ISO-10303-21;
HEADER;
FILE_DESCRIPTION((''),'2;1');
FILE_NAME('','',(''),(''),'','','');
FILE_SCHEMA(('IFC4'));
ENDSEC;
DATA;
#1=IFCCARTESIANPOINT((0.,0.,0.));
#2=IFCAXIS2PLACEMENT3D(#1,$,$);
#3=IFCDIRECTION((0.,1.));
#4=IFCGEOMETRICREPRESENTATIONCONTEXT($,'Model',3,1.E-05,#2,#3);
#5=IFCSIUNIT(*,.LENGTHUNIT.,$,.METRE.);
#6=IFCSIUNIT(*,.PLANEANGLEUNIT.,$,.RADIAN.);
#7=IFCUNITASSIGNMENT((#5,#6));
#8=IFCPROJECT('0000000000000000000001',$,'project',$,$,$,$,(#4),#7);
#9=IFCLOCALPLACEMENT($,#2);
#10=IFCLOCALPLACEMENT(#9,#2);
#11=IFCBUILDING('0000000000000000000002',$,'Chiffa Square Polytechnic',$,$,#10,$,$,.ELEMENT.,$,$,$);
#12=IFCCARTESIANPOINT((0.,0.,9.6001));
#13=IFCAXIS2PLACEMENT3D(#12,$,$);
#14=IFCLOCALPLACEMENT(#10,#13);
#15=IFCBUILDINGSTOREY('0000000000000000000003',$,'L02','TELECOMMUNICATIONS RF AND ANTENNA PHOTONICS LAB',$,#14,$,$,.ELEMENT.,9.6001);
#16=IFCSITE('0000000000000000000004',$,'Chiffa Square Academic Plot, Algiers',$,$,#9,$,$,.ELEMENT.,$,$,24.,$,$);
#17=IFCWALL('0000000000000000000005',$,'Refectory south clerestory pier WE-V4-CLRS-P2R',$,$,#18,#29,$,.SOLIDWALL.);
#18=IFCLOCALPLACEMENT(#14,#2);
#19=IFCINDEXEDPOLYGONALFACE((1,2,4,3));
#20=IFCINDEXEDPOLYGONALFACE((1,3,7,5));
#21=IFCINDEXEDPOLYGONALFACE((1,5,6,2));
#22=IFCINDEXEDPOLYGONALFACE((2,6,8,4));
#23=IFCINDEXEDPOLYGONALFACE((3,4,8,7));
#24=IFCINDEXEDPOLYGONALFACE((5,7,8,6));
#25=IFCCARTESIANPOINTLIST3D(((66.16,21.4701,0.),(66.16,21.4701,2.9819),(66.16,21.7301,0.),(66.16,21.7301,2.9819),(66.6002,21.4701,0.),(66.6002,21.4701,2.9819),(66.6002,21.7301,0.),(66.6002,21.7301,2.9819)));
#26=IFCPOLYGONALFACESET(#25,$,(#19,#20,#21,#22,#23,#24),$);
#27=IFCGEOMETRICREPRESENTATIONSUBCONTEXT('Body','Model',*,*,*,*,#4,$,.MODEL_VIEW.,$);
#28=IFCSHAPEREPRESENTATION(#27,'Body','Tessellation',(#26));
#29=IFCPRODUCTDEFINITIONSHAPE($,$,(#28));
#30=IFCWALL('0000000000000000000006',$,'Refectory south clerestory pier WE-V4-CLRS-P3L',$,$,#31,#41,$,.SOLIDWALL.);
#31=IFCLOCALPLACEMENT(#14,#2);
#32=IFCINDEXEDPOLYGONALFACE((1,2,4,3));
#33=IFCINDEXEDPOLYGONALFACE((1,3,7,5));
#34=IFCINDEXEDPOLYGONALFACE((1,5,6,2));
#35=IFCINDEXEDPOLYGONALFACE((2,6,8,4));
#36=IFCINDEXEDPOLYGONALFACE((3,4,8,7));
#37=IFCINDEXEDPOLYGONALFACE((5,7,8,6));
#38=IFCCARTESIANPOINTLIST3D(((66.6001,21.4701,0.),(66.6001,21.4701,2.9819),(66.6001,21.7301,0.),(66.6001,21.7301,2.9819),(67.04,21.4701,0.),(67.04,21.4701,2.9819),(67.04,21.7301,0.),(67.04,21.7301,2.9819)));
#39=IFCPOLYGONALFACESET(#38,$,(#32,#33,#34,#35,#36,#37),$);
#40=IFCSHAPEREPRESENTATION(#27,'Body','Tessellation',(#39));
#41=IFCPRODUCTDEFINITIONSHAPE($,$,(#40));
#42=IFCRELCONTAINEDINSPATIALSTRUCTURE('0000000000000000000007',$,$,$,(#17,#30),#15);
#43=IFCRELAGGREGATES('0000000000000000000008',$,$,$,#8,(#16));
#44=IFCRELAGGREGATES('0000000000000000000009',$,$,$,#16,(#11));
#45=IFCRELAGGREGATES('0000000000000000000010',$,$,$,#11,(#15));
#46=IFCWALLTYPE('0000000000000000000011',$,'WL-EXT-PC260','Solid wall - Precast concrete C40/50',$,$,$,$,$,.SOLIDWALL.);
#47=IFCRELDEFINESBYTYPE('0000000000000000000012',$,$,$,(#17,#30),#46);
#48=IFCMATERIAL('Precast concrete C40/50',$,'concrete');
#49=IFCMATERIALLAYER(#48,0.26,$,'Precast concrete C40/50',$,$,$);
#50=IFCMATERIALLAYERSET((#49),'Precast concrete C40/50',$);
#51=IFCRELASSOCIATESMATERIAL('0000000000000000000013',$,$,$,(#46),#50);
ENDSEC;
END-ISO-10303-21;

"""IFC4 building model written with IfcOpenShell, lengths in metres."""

from ifc_helpers import new_model, si_unit, direction, frame, frame_2d, origin, place, context, subcontext, project, spatial, rectangle, extrude, material, layer, layer_set, type_object, element, save


model = new_model("IFC4")

# Units and contexts
model_context = context("Model", 3, precision=1e-05, world=origin(), true_north=direction((0.0, 1.0)))
body_context = subcontext(model_context, "Body", "Model", "MODEL_VIEW")
ifc_project = project(units=[si_unit("LENGTHUNIT", "METRE"), si_unit("PLANEANGLEUNIT", "RADIAN")], contexts=[model_context])

# Site, building, storey
site_placement = place(None, origin())
site = spatial("IfcSite", under=ifc_project, at=site_placement, Name="Chiffa Square Academic Plot, Algiers", CompositionType="ELEMENT", RefElevation=24.0)
building_placement = place(site_placement, origin())
building = spatial("IfcBuilding", under=site, at=building_placement, Name="Chiffa Square Polytechnic", CompositionType="ELEMENT")
storey_placement = place(building_placement, frame((0.0, 0.0, 9.6001)))
storey = spatial("IfcBuildingStorey", under=building, at=storey_placement, Name="L02", Description="TELECOMMUNICATIONS RF AND ANTENNA PHOTONICS LAB", CompositionType="ELEMENT", Elevation=9.6001)

# Walls
ifc_material_1 = material(Name="Precast concrete C40/50", Category="concrete")
ifc_layer_1 = layer(ifc_material_1, 0.26, Name="Precast concrete C40/50")
ifc_layer_set_1 = layer_set([ifc_layer_1], Name="Precast concrete C40/50")
wall_type = type_object("IfcWallType", Name="WL-EXT-PC260", Description="Solid wall - Precast concrete C40/50", PredefinedType="SOLIDWALL", material=ifc_layer_set_1)
wall_1_placement = place(storey_placement, frame((66.1599, 21.6001, 0.0), z_axis=(0.0, 0.0, 1.0), x_axis=(1.0, 0.0, 0.0)))
element("IfcWall", 1, at=wall_1_placement, inside=storey, type_object=wall_type, Name="Refectory south clerestory pier WE-V4-CLRS-P2R", PredefinedType="SOLIDWALL", context=body_context, shape_type="SweptSolid", body=[
    extrude(rectangle(XDim=0.4402, YDim=0.26, at=frame_2d((0.2202, 0.0))), origin(), (0.0, 0.0, 1.0), 2.9819),
])
wall_2_placement = place(storey_placement, frame((66.6001, 21.6001, 0.0), z_axis=(0.0, 0.0, 1.0), x_axis=(1.0, 0.0, 0.0)))
element("IfcWall", 2, at=wall_2_placement, inside=storey, type_object=wall_type, Name="Refectory south clerestory pier WE-V4-CLRS-P3L", PredefinedType="SOLIDWALL", context=body_context, shape_type="SweptSolid", body=[
    extrude(rectangle(XDim=0.4399, YDim=0.26, at=frame_2d((0.22, 0.0))), origin(), (0.0, 0.0, 1.0), 2.9819),
])

save(model, "model.ifc")
